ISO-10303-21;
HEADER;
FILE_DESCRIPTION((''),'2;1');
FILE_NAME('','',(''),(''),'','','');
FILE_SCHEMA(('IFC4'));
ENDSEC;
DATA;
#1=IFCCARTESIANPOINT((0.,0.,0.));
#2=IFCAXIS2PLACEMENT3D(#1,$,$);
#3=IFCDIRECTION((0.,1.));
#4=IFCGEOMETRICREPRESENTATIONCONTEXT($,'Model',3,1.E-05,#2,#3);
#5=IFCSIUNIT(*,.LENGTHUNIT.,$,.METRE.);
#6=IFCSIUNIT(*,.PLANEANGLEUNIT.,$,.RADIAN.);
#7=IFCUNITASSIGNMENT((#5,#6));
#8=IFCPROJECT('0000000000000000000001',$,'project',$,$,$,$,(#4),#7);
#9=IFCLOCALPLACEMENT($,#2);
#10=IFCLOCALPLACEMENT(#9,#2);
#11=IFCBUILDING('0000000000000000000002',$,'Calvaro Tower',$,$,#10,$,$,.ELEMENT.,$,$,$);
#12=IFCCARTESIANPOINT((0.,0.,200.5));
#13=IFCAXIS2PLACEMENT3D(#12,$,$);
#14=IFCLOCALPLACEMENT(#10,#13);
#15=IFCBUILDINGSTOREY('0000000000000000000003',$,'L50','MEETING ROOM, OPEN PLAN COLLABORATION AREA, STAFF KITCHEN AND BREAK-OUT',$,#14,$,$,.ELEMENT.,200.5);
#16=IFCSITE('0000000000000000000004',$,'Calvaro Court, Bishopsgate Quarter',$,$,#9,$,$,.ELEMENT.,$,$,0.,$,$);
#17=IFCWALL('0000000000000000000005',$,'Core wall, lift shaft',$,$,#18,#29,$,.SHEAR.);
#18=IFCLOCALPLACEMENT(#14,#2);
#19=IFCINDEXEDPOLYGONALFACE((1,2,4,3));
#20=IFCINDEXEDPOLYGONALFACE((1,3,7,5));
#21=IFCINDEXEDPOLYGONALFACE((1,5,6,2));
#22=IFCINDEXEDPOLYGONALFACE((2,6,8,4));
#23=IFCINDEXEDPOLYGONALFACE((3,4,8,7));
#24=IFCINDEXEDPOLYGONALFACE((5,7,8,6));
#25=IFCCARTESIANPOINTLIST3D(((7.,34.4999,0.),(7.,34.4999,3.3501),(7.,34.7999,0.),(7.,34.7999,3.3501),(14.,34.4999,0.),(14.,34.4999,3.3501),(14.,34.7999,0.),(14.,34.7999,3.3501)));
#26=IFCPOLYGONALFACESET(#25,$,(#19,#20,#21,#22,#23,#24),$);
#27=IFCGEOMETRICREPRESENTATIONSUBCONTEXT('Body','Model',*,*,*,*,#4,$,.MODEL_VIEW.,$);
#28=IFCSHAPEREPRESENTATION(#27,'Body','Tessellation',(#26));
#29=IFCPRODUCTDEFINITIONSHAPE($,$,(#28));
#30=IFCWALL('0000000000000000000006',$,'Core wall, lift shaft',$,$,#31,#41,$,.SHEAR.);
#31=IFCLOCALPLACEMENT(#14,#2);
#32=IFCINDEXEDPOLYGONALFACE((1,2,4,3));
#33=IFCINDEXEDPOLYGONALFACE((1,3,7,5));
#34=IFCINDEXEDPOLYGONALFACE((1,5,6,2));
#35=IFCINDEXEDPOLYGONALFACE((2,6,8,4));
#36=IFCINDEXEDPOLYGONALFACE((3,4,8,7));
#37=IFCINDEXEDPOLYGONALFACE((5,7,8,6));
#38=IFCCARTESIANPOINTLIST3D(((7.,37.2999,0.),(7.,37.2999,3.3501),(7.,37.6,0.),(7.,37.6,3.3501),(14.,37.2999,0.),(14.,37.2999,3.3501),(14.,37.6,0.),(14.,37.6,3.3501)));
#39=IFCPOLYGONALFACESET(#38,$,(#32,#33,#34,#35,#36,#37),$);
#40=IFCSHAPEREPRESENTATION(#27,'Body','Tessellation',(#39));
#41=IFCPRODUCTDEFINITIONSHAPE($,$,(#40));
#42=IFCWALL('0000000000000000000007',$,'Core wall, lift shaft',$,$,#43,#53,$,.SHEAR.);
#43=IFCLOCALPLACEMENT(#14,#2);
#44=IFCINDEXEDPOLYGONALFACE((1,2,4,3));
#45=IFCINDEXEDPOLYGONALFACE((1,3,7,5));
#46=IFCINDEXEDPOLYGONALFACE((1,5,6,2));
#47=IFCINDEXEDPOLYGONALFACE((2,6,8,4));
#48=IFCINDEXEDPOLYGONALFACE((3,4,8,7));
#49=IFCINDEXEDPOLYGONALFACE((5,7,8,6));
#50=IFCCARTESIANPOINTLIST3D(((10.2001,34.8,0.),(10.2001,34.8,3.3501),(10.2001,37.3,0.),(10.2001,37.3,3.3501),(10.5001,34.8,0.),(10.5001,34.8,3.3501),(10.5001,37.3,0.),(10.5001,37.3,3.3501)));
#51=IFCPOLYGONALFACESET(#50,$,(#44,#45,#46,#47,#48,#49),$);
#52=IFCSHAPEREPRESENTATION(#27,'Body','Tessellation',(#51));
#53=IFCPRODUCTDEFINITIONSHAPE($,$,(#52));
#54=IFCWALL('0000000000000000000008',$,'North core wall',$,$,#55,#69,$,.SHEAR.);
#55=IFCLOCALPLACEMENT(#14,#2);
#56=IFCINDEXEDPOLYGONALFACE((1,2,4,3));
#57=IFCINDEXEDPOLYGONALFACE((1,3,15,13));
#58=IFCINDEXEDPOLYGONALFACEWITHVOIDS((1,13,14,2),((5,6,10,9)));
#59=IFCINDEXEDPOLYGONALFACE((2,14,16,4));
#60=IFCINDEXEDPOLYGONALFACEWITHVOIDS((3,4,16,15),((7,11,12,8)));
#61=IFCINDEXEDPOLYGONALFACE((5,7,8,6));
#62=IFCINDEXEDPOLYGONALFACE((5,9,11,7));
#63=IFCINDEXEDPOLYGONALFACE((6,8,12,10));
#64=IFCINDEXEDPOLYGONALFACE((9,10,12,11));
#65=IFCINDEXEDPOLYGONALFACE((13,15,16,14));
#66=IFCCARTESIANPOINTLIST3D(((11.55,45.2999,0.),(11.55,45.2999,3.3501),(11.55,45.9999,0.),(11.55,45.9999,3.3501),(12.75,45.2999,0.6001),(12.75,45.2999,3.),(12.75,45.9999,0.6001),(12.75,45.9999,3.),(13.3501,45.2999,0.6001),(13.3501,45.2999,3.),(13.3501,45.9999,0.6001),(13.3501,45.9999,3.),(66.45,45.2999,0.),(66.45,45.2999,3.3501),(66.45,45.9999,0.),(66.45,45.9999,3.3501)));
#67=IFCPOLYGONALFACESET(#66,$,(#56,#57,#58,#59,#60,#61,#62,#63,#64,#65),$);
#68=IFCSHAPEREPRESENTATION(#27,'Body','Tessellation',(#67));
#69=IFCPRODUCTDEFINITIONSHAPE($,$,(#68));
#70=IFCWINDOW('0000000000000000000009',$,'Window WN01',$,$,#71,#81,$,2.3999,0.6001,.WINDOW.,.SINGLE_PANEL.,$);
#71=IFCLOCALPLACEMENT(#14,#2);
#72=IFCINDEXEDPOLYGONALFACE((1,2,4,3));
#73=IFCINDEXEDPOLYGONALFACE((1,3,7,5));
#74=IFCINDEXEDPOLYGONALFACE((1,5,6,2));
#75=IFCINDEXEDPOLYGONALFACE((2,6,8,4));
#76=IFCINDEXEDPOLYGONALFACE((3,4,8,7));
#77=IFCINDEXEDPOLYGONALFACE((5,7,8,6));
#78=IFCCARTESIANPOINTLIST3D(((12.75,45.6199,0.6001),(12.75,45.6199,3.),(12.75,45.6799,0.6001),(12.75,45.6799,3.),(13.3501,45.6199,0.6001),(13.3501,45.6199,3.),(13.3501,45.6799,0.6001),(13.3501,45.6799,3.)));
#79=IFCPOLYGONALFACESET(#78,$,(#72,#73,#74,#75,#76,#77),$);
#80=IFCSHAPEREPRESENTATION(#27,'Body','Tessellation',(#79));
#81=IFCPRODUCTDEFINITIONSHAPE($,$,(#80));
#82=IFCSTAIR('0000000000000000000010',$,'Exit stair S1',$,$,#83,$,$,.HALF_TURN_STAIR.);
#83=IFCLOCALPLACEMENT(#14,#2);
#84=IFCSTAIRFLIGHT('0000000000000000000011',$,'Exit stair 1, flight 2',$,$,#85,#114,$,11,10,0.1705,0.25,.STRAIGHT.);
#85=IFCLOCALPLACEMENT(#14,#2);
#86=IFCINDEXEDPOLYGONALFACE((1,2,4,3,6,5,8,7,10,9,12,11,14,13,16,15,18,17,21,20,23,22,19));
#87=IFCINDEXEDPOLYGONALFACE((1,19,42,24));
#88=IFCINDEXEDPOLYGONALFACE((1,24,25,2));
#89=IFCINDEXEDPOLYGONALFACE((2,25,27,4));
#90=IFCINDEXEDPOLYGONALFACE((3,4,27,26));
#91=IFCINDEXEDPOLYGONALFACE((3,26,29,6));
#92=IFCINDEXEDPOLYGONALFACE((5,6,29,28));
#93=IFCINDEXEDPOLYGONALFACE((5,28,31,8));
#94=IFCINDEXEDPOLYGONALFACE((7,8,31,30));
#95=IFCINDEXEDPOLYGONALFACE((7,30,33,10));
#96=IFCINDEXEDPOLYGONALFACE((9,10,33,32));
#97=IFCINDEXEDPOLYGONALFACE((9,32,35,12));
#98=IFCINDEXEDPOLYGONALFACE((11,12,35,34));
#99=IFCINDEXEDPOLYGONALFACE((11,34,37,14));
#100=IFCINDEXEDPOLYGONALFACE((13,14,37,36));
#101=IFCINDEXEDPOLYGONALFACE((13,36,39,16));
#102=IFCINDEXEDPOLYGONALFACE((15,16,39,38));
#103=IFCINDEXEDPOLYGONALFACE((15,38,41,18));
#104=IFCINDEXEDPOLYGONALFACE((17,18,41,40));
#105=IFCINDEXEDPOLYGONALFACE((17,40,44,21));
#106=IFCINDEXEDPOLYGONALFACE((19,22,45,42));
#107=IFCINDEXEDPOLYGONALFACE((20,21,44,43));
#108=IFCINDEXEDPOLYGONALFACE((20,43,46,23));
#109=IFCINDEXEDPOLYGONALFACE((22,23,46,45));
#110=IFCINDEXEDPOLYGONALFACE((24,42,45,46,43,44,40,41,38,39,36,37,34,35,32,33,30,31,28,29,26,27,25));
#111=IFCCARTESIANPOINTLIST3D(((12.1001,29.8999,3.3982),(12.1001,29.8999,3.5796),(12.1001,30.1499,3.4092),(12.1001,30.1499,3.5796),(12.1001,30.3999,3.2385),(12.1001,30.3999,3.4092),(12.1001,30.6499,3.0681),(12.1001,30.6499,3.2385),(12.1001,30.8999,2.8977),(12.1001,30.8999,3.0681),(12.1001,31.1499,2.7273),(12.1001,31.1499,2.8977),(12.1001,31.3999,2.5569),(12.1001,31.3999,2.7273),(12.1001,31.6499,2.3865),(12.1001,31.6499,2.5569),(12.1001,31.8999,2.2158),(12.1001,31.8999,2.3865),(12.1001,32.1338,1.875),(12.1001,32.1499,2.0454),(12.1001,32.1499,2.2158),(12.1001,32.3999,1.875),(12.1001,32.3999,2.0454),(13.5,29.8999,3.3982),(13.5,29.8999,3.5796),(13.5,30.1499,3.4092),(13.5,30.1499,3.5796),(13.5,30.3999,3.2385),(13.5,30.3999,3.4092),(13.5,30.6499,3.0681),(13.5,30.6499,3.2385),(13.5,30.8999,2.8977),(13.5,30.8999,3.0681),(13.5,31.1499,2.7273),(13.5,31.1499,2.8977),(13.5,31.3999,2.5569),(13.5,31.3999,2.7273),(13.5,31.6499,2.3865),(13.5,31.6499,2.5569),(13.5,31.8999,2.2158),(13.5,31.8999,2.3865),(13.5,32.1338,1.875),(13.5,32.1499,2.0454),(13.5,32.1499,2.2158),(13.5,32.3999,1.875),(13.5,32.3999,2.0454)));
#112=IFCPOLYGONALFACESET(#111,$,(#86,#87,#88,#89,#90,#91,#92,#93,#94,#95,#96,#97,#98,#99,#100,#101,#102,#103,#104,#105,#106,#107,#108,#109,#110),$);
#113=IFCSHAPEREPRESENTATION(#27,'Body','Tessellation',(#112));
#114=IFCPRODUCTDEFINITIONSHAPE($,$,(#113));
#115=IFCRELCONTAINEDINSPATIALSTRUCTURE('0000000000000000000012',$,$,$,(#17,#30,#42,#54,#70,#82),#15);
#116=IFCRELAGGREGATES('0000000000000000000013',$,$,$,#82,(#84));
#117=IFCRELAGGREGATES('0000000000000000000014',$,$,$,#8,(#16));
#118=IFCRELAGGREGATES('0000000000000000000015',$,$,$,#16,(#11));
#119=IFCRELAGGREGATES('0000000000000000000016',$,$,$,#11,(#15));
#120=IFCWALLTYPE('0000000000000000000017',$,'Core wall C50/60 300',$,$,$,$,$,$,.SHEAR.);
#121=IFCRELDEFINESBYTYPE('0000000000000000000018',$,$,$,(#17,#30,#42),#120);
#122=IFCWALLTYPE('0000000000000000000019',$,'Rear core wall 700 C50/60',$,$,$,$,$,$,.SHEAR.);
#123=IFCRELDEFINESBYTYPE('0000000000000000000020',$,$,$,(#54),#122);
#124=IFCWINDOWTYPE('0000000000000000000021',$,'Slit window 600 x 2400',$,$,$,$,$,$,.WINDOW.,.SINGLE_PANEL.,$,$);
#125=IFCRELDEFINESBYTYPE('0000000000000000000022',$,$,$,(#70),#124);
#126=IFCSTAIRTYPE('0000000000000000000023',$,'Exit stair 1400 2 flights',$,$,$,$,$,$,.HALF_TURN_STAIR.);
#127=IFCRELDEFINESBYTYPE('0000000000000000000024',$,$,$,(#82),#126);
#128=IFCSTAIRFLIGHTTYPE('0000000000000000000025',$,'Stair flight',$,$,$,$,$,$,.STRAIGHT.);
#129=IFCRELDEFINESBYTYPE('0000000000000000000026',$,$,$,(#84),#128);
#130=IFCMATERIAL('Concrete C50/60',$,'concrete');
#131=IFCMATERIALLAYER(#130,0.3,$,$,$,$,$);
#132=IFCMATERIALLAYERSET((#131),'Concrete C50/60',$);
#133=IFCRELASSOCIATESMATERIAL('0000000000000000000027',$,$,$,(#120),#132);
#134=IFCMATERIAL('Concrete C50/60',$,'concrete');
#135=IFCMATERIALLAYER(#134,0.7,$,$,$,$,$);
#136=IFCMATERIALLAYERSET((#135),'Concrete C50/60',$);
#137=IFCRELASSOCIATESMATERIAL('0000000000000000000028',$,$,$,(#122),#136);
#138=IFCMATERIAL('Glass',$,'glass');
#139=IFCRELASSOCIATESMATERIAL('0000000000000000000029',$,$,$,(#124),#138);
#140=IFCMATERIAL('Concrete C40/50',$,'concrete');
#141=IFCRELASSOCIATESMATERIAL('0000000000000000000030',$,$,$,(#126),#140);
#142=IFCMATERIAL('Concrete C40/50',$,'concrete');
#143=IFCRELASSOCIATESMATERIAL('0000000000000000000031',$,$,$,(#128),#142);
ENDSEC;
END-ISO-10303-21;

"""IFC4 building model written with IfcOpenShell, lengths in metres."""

from ifc_helpers import new_model, si_unit, direction, frame, frame_2d, origin, place, context, subcontext, project, spatial, polyline, rectangle, outline, extrude, material, layer, layer_set, type_object, element, fill, aggregate, save


model = new_model("IFC4")

# Units and contexts
model_context = context("Model", 3, precision=1e-05, world=origin(), true_north=direction((0.0, 1.0)))
body_context = subcontext(model_context, "Body", "Model", "MODEL_VIEW")
ifc_project = project(units=[si_unit("LENGTHUNIT", "METRE"), si_unit("PLANEANGLEUNIT", "RADIAN")], contexts=[model_context])

# Site, building, storey
site_placement = place(None, origin())
site = spatial("IfcSite", under=ifc_project, at=site_placement, Name="Calvaro Court, Bishopsgate Quarter", CompositionType="ELEMENT", RefElevation=0.0)
building_placement = place(site_placement, origin())
building = spatial("IfcBuilding", under=site, at=building_placement, Name="Calvaro Tower", CompositionType="ELEMENT")
storey_placement = place(building_placement, frame((0.0, 0.0, 200.5)))
storey = spatial("IfcBuildingStorey", under=building, at=storey_placement, Name="L50", Description="MEETING ROOM, OPEN PLAN COLLABORATION AREA, STAFF KITCHEN AND BREAK-OUT", CompositionType="ELEMENT", Elevation=200.5)

# Walls
ifc_material_1 = material(Name="Concrete C50/60", Category="concrete")
ifc_layer_1 = layer(ifc_material_1, 0.3)
ifc_layer_set_1 = layer_set([ifc_layer_1], Name="Concrete C50/60")
wall_type_1 = type_object("IfcWallType", Name="Core wall C50/60 300", PredefinedType="SHEAR", material=ifc_layer_set_1)
for number, where, z_axis, x_axis, name in (
    (1, (7.0, 34.6499, 0.0), (0.0, 0.0, 1.0), (1.0, 0.0, 0.0), "Core wall, lift shaft"),
    (2, (7.0, 37.45, 0.0), (0.0, 0.0, 1.0), (1.0, 0.0, 0.0), "Core wall, lift shaft"),
):
    element("IfcWall", number, at=place(storey_placement, frame(where, z_axis=z_axis, x_axis=x_axis)), inside=storey, type_object=wall_type_1, Name=name, PredefinedType="SHEAR", context=body_context, shape_type="SweptSolid", body=[
        extrude(rectangle(XDim=7.0, YDim=0.3, at=frame_2d((3.5, 0.0))), origin(), (0.0, 0.0, 1.0), 3.3501),
    ])
wall_1_placement = place(storey_placement, frame((10.3501, 34.8, 0.0), z_axis=(0.0, 0.0, 1.0), x_axis=(0.0, 1.0, 0.0)))
element("IfcWall", 3, at=wall_1_placement, inside=storey, type_object=wall_type_1, Name="Core wall, lift shaft", PredefinedType="SHEAR", context=body_context, shape_type="SweptSolid", body=[
    extrude(rectangle(XDim=2.5, YDim=0.3, at=frame_2d((1.25, 0.0))), origin(), (0.0, 0.0, 1.0), 3.3501),
])

# Wall, opening, window
ifc_material_2 = material(Name="Concrete C50/60", Category="concrete")
ifc_layer_2 = layer(ifc_material_2, 0.7)
ifc_layer_set_2 = layer_set([ifc_layer_2], Name="Concrete C50/60")
wall_type_2 = type_object("IfcWallType", Name="Rear core wall 700 C50/60", PredefinedType="SHEAR", material=ifc_layer_set_2)
wall_2_placement = place(storey_placement, frame((11.55, 45.6499, 0.0), z_axis=(0.0, 0.0, 1.0), x_axis=(1.0, 0.0, 0.0)))
wall_2 = element("IfcWall", 4, at=wall_2_placement, inside=storey, type_object=wall_type_2, Name="North core wall", PredefinedType="SHEAR", context=body_context, shape_type="SweptSolid", body=[
    extrude(rectangle(XDim=54.8999, YDim=0.7, at=frame_2d((27.45, 0.0))), origin(), (0.0, 0.0, 1.0), 3.3501),
])
opening_1_placement = place(wall_2_placement, frame((1.2, 0.0, 0.6001)))
opening_1 = element("IfcOpeningElement", 5, at=opening_1_placement, cuts=wall_2, PredefinedType="OPENING", context=body_context, shape_type="SweptSolid", body=[
    extrude(rectangle(XDim=0.6001, YDim=2.3999, at=frame_2d((0.3, 1.2))), frame((0.0, 0.3599, 0.0), z_axis=(0.0, -1.0, 0.0), x_axis=(1.0, 0.0, 0.0)), (0.0, 0.0, 1.0), 0.72),
])
ifc_material_3 = material(Name="Glass", Category="glass")
window_type = type_object("IfcWindowType", Name="Slit window 600 x 2400", PartitioningType="SINGLE_PANEL", PredefinedType="WINDOW", material=ifc_material_3)
window_placement = place(opening_1_placement, origin())
window = element("IfcWindow", 6, at=window_placement, inside=storey, type_object=window_type, Name="Window WN01", OverallHeight=2.3999, OverallWidth=0.6001, PartitioningType="SINGLE_PANEL", PredefinedType="WINDOW", context=body_context, shape_type="SweptSolid", body=[
    extrude(rectangle(XDim=0.6001, YDim=2.3999, at=frame_2d((0.3, 1.2))), frame((0.0, 0.03, 0.0), z_axis=(0.0, -1.0, 0.0), x_axis=(1.0, 0.0, 0.0)), (0.0, 0.0, 1.0), 0.0601),
])
fill(opening_1, window)

# Stair, stair flight
ifc_material_4 = material(Name="Concrete C40/50", Category="concrete")
stair_type = type_object("IfcStairType", Name="Exit stair 1400 2 flights", PredefinedType="HALF_TURN_STAIR", material=ifc_material_4)
stair_placement = place(storey_placement, origin())
stair = element("IfcStair", 7, at=stair_placement, inside=storey, type_object=stair_type, Name="Exit stair S1", PredefinedType="HALF_TURN_STAIR")
ifc_material_5 = material(Name="Concrete C40/50", Category="concrete")
stair_flight_type = type_object("IfcStairFlightType", Name="Stair flight", PredefinedType="STRAIGHT", material=ifc_material_5)
stair_flight_placement = place(storey_placement, frame((12.8, 32.3999, 1.875), z_axis=(0.0, 0.0, 1.0), x_axis=(0.0, -1.0, 0.0)))
stair_flight = element("IfcStairFlight", 8, at=stair_flight_placement, type_object=stair_flight_type, Name="Exit stair 1, flight 2", NumberOfRisers=11, NumberOfTreads=10, PredefinedType="STRAIGHT", RiserHeight=0.1705, TreadLength=0.25, context=body_context, shape_type="SweptSolid", body=[
    extrude(outline(polyline([(0.0, 0.0), (0.0, 0.1704), (0.25, 0.1704), (0.25, 0.3408), (0.5, 0.3408), (0.5, 0.5115), (0.75, 0.5115), (0.75, 0.6819), (1.0, 0.6819), (1.0, 0.8523), (1.25, 0.8523), (1.25, 1.0227), (1.5, 1.0227), (1.5, 1.1931), (1.75, 1.1931), (1.75, 1.3635), (2.0, 1.3635), (2.0, 1.5342), (2.25, 1.5342), (2.25, 1.7046), (2.5, 1.7046), (2.5, 1.875), (2.5, 1.5232), (0.2661, 0.0), (0.0, 0.0)])), frame((0.0, 0.7, 0.0), z_axis=(0.0, -1.0, 0.0), x_axis=(1.0, 0.0, 0.0)), (0.0, 0.0, 1.0), 1.3999),
])
aggregate(stair, [stair_flight])

save(model, "model.ifc")
